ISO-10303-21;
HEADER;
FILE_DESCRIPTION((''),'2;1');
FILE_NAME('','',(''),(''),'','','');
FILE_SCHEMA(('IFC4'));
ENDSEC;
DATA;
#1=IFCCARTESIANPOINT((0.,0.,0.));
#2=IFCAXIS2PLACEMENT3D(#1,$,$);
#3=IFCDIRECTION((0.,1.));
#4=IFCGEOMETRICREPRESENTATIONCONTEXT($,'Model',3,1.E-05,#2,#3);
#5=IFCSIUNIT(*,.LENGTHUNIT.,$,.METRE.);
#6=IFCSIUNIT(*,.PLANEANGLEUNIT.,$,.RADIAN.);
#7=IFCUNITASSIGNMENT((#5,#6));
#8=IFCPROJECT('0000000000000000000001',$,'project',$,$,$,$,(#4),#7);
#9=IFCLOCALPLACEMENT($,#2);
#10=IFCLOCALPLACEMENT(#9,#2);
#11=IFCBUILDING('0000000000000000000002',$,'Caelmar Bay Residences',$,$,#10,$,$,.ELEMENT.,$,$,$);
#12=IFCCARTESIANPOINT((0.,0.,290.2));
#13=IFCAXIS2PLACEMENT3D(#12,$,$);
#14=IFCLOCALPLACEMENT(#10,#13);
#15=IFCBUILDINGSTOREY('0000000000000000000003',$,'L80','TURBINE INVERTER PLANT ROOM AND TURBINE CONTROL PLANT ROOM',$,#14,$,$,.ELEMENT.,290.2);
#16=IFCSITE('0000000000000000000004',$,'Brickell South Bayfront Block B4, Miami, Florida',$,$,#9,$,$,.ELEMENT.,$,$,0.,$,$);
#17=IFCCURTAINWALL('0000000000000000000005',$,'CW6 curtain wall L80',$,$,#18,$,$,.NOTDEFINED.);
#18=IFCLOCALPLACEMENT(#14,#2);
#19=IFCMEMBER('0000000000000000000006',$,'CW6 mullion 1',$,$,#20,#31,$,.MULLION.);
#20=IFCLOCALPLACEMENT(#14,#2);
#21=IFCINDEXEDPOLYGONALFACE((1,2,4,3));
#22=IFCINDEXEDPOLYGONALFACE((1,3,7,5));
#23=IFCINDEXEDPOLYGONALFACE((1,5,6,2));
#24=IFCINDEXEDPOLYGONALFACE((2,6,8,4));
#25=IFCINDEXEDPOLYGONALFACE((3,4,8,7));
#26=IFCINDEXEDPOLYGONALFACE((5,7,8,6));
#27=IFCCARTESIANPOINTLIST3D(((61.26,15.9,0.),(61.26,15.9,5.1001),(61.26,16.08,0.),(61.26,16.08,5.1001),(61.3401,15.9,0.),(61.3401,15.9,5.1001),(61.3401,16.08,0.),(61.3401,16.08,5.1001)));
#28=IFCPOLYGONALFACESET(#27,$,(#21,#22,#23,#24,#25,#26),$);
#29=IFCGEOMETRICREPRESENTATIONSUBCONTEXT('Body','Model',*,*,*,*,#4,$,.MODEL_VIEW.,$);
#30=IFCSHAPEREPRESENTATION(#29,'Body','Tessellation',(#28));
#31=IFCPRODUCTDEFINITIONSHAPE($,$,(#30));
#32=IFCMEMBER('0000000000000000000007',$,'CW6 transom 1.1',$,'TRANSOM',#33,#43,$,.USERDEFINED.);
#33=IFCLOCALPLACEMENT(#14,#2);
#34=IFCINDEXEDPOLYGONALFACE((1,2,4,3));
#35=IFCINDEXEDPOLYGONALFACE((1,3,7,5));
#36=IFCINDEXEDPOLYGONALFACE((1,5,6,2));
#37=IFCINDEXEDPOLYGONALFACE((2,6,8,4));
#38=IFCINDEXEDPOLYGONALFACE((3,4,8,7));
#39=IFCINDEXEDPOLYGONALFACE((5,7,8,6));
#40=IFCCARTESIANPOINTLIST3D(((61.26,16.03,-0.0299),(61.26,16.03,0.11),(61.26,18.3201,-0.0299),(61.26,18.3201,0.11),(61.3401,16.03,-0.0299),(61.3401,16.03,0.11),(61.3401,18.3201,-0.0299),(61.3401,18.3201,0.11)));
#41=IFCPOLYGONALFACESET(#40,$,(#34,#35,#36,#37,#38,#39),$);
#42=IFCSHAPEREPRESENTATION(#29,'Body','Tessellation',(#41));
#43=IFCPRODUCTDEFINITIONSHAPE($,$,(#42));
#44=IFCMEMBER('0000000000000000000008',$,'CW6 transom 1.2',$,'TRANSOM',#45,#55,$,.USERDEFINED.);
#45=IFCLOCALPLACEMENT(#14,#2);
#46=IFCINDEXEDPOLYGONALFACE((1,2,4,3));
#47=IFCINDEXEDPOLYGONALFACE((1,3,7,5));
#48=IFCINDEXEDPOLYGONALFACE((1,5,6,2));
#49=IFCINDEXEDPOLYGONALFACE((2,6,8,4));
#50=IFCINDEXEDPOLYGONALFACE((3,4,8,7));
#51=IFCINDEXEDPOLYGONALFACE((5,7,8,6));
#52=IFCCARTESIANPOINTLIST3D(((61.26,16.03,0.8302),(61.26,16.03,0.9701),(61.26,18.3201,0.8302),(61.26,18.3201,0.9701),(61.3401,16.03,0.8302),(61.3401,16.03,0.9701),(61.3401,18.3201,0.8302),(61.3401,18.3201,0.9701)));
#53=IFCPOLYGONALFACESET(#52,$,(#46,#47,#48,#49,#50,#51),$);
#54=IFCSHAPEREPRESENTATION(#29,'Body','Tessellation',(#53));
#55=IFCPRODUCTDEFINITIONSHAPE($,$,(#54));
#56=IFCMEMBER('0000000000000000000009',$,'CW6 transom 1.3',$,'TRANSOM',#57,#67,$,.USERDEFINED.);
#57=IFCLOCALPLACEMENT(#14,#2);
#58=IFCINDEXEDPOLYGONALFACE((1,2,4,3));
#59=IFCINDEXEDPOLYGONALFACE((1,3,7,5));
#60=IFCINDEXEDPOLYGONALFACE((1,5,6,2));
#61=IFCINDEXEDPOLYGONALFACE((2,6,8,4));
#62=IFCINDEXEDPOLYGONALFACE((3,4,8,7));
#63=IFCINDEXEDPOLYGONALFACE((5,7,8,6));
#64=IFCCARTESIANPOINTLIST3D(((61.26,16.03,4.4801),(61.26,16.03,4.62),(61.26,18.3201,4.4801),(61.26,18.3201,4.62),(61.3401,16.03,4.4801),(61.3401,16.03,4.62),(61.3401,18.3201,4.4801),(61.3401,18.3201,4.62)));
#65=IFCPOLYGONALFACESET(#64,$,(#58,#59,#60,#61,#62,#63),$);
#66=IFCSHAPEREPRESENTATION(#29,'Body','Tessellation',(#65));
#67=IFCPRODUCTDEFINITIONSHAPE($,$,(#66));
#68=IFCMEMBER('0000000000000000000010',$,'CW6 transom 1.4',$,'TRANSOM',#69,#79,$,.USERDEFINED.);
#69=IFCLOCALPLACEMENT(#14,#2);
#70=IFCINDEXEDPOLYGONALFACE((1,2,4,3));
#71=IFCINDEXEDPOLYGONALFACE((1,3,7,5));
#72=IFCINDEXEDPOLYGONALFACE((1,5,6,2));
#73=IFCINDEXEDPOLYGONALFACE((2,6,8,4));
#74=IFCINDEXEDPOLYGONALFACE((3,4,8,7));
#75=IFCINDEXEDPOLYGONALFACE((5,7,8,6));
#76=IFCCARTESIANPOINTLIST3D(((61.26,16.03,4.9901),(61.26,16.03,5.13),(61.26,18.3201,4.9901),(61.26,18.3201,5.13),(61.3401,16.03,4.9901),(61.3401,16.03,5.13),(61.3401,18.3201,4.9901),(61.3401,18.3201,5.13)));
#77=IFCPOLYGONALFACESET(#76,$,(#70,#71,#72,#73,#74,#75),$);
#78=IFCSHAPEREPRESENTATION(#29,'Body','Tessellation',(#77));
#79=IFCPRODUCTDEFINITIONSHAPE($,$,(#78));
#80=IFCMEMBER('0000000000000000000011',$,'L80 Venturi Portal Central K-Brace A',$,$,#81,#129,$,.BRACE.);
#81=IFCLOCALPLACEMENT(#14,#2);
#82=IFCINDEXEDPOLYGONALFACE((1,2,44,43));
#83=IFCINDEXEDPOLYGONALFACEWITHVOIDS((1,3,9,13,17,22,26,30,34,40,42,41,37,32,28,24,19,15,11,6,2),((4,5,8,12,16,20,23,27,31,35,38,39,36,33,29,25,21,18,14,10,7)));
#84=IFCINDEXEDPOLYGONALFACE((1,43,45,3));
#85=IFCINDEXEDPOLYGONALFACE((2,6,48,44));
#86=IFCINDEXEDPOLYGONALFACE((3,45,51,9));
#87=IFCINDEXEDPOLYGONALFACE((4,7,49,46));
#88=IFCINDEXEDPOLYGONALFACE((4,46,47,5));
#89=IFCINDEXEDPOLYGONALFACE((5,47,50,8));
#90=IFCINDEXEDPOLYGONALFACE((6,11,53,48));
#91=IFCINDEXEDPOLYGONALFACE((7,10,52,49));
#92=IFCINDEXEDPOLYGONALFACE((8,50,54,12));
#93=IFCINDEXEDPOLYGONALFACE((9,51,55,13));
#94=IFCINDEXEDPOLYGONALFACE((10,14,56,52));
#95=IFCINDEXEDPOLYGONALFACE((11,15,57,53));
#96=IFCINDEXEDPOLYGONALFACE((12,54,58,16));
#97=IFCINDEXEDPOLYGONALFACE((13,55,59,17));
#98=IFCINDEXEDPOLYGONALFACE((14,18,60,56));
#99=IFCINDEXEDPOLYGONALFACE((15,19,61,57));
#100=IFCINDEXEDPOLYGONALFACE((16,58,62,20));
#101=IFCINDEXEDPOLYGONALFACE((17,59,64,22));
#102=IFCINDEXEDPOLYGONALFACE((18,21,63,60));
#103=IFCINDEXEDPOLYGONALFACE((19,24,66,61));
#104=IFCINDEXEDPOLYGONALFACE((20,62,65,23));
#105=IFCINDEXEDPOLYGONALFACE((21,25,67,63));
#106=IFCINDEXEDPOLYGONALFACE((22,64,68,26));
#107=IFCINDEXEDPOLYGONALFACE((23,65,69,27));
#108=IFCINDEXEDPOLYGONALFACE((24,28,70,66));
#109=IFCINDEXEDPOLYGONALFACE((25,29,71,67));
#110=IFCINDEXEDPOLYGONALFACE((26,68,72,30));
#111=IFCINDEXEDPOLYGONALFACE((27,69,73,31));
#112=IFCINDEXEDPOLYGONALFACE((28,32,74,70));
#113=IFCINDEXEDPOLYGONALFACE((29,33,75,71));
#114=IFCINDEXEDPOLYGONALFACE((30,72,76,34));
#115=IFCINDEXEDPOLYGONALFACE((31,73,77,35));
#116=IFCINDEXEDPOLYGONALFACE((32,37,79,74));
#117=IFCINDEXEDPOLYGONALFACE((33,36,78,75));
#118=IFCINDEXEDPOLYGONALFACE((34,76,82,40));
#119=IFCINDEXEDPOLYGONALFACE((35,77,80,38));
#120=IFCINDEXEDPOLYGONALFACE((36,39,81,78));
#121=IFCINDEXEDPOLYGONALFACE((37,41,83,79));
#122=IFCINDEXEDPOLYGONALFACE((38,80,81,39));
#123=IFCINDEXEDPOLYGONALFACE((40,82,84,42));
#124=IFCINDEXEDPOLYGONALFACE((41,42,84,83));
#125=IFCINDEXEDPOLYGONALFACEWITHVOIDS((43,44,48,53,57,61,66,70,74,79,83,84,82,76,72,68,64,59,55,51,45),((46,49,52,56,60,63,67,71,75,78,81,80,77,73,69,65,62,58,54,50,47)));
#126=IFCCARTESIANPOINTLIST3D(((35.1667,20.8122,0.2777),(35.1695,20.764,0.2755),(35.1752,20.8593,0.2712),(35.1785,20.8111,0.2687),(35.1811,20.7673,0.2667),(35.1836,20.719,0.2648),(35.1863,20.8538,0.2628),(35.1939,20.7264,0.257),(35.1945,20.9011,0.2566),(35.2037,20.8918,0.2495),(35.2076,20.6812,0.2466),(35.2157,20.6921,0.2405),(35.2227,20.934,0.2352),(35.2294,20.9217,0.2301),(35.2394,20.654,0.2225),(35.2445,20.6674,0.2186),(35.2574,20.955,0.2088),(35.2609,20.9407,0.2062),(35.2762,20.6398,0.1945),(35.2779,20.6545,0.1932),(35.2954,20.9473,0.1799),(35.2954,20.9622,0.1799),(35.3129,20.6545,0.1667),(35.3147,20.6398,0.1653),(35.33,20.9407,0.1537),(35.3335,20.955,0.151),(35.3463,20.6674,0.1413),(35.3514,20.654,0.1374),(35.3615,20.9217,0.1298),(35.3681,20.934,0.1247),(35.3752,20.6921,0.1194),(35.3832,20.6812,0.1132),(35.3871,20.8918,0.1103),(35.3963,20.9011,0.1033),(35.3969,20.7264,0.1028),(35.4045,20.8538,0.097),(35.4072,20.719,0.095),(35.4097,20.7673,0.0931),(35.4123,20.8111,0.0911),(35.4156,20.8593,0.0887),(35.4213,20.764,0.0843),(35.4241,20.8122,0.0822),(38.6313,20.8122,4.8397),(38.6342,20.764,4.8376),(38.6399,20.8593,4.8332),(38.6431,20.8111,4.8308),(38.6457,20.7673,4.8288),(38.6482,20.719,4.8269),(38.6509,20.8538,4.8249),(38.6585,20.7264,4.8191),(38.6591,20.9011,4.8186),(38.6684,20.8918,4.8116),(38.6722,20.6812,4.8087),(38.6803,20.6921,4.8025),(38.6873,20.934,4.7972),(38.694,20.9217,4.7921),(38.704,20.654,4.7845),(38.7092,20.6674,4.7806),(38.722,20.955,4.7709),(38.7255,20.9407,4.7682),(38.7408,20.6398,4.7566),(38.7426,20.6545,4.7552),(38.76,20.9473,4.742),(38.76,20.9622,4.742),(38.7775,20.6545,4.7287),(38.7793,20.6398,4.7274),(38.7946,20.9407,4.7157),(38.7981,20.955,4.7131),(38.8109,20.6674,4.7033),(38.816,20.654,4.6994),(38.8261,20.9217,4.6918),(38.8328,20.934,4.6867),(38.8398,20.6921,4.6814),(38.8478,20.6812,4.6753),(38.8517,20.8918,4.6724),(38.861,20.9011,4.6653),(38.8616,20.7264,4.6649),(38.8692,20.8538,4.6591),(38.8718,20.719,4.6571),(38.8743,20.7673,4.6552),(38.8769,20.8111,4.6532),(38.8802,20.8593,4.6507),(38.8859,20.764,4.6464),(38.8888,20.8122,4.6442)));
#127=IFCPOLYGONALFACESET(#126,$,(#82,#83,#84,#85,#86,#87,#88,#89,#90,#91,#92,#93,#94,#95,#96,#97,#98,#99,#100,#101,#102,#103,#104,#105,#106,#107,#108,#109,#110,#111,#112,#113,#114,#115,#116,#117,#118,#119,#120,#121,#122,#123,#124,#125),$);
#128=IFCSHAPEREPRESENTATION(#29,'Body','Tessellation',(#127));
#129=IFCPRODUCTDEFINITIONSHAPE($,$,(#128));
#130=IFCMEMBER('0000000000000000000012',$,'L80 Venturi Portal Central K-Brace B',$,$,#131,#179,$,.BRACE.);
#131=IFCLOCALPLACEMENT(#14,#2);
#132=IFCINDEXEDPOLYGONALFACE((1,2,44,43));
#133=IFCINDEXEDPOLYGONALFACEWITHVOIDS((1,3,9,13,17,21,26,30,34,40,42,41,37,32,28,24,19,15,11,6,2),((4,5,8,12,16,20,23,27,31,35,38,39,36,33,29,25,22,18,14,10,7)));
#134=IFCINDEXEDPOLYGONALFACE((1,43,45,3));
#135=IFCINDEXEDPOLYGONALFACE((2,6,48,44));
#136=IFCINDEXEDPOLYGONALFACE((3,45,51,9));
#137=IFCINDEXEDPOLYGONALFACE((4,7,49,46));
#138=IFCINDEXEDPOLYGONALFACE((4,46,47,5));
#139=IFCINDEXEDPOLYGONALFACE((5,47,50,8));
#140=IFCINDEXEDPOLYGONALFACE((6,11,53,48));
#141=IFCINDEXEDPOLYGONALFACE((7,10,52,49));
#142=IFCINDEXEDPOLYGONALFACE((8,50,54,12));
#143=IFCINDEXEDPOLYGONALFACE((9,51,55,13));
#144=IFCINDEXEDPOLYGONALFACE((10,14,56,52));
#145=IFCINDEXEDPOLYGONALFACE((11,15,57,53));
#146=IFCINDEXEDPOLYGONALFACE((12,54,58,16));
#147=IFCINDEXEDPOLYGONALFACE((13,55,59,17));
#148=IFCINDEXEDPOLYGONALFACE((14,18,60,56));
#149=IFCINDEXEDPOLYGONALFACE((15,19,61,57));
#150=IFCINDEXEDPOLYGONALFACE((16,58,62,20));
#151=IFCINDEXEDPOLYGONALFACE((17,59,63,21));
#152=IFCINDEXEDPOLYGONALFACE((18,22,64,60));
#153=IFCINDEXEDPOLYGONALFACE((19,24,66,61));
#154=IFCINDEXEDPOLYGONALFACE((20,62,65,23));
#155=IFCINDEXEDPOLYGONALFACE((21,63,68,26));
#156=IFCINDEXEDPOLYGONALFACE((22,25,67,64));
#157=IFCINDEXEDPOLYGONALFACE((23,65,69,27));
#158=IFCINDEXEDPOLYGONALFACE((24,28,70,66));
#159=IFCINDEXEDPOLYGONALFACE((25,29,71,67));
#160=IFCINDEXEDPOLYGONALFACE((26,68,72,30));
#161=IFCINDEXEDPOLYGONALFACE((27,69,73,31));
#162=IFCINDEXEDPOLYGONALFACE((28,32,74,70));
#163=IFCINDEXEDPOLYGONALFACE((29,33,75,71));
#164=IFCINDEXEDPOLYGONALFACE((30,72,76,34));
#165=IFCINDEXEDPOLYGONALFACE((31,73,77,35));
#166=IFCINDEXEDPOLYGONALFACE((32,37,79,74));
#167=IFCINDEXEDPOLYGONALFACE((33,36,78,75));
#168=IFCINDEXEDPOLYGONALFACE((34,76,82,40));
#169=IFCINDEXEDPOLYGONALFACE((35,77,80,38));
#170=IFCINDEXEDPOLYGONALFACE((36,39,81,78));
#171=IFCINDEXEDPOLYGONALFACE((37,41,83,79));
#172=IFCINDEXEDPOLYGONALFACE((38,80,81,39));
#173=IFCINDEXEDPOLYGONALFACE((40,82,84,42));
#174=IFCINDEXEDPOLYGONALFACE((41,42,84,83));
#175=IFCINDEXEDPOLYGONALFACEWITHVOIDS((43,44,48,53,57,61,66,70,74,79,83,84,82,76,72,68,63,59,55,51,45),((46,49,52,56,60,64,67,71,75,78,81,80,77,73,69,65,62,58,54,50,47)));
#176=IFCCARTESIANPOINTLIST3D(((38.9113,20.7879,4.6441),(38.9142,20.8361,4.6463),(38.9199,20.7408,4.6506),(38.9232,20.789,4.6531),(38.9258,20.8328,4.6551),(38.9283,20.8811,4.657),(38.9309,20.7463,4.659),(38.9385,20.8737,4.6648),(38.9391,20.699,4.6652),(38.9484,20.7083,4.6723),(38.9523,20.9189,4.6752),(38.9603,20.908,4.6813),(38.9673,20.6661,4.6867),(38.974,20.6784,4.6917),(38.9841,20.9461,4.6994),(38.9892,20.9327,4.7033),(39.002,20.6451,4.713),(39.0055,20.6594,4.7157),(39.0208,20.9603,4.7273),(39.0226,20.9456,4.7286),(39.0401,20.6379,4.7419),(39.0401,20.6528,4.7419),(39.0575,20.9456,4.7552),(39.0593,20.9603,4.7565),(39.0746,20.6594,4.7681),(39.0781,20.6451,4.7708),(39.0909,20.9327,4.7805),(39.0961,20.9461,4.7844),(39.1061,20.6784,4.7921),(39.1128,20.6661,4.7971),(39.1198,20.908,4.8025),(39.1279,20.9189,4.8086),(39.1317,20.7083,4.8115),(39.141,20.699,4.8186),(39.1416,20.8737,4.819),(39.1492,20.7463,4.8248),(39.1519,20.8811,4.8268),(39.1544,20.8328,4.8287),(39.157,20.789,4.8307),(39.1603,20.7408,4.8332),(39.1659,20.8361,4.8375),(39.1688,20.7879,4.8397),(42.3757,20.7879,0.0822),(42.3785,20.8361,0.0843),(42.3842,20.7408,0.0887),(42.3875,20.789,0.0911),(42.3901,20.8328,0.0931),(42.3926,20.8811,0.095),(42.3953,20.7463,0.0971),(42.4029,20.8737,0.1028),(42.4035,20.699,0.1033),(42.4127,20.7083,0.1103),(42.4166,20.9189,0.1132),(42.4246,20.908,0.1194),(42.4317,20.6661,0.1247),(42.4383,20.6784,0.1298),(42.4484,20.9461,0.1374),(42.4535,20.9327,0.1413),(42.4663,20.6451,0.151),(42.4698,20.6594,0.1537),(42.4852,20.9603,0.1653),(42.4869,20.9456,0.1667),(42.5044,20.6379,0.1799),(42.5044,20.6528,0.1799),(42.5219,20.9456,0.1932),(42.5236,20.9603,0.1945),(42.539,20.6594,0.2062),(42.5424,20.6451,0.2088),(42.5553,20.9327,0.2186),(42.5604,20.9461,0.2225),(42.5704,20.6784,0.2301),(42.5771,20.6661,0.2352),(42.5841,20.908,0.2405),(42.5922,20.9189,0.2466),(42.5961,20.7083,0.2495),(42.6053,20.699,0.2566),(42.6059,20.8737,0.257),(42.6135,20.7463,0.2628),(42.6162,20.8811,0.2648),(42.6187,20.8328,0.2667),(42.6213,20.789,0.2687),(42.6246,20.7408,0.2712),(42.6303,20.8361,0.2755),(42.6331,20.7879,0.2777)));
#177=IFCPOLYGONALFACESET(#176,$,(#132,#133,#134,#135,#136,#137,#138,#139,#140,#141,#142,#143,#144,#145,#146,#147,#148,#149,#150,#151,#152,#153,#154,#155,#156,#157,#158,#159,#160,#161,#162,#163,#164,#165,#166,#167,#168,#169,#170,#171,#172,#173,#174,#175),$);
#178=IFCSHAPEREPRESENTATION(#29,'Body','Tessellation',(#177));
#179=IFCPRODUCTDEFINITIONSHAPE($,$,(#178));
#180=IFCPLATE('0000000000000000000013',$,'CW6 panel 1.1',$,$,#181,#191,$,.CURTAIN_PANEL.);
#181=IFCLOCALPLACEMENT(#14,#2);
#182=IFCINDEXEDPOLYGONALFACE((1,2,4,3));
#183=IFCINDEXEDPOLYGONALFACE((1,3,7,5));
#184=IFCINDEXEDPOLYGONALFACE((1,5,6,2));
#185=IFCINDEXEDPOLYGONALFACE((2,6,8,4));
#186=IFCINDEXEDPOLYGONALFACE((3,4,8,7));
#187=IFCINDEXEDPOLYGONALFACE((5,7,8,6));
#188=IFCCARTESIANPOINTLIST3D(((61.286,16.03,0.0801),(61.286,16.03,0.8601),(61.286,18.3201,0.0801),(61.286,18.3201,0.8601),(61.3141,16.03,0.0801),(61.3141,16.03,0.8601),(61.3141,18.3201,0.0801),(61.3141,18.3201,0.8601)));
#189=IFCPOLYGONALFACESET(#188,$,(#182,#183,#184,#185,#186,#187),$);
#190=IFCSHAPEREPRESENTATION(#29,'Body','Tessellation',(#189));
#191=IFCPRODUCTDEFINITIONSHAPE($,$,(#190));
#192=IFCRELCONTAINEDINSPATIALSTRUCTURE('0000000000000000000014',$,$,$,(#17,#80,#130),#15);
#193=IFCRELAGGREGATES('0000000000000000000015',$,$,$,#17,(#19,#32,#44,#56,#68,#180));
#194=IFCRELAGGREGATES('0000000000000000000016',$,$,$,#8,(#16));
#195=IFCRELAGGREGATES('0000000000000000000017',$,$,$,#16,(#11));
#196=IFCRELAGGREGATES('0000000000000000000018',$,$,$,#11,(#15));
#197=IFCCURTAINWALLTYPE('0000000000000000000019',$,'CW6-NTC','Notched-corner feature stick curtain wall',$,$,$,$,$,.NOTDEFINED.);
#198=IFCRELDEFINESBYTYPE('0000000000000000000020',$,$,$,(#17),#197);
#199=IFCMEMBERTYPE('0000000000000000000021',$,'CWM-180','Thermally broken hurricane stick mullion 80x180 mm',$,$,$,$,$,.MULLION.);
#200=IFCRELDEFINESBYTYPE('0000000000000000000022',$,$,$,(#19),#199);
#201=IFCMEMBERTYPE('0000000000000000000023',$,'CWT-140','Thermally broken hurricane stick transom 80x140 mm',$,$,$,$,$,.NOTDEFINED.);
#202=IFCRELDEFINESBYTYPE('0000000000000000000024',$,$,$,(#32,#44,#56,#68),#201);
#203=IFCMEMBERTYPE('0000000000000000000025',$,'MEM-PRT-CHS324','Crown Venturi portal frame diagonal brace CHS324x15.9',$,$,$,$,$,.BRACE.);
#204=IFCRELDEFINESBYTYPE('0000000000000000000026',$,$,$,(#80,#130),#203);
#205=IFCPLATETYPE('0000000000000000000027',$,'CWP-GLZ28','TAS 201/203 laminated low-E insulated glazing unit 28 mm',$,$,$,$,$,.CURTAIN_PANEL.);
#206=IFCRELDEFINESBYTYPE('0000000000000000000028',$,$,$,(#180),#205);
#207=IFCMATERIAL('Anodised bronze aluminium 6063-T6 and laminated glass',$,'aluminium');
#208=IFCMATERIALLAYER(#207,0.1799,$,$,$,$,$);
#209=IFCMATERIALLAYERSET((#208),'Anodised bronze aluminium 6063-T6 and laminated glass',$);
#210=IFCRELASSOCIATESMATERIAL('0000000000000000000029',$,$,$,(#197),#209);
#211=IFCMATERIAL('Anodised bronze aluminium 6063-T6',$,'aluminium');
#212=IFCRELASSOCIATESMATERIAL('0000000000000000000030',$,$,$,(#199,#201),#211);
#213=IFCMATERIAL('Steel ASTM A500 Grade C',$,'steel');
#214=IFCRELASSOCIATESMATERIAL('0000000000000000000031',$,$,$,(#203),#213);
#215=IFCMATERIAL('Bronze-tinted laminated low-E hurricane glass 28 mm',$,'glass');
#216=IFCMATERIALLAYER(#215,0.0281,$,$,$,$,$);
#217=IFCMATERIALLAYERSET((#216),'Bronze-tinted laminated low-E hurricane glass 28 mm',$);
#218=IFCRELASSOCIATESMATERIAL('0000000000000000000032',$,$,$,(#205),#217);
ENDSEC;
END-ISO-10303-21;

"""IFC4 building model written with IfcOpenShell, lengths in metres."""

from ifc_helpers import new_model, si_unit, direction, frame, origin, origin_2d, place, context, subcontext, project, spatial, rectangle, hollow_circle, extrude, material, layer, layer_set, material_profile, profile_set, type_object, element, aggregate, save


model = new_model("IFC4")

# Units and contexts
model_context = context("Model", 3, precision=1e-05, world=origin(), true_north=direction((0.0, 1.0)))
body_context = subcontext(model_context, "Body", "Model", "MODEL_VIEW")
ifc_project = project(units=[si_unit("LENGTHUNIT", "METRE"), si_unit("PLANEANGLEUNIT", "RADIAN")], contexts=[model_context])

# Site, building, storey
site_placement = place(None, origin())
site = spatial("IfcSite", under=ifc_project, at=site_placement, Name="Brickell South Bayfront Block B4, Miami, Florida", CompositionType="ELEMENT", RefElevation=0.0)
building_placement = place(site_placement, origin())
building = spatial("IfcBuilding", under=site, at=building_placement, Name="Caelmar Bay Residences", CompositionType="ELEMENT")
storey_placement = place(building_placement, frame((0.0, 0.0, 290.2)))
storey = spatial("IfcBuildingStorey", under=building, at=storey_placement, Name="L80", Description="TURBINE INVERTER PLANT ROOM AND TURBINE CONTROL PLANT ROOM", CompositionType="ELEMENT", Elevation=290.2)

# Curtain wall, members
ifc_material_1 = material(Name="Anodised bronze aluminium 6063-T6 and laminated glass", Category="aluminium")
ifc_layer_1 = layer(ifc_material_1, 0.1799)
ifc_layer_set_1 = layer_set([ifc_layer_1], Name="Anodised bronze aluminium 6063-T6 and laminated glass")
curtain_wall_type = type_object("IfcCurtainWallType", Name="CW6-NTC", Description="Notched-corner feature stick curtain wall", PredefinedType="NOTDEFINED", material=ifc_layer_set_1)
curtain_wall_placement = place(storey_placement, origin())
curtain_wall = element("IfcCurtainWall", 1, at=curtain_wall_placement, inside=storey, type_object=curtain_wall_type, Name="CW6 curtain wall L80", PredefinedType="NOTDEFINED")
ifc_material_2 = material(Name="Anodised bronze aluminium 6063-T6", Category="aluminium")
ifc_material_profile_1 = material_profile(ifc_material_2, rectangle(XDim=0.0801, YDim=0.1799, at=origin_2d()), Name="CWM-80X180")
ifc_profile_set_1 = profile_set([ifc_material_profile_1], Name="Anodised bronze aluminium 6063-T6")
member_type_1 = type_object("IfcMemberType", Name="CWM-180", Description="Thermally broken hurricane stick mullion 80x180 mm", PredefinedType="MULLION", material=ifc_profile_set_1)
member_1_placement = place(storey_placement, frame((61.3, 15.99, 0.0), z_axis=(0.0, 0.0, 1.0), x_axis=(-1.0, 0.0, 0.0)))
member_1 = element("IfcMember", 2, at=member_1_placement, type_object=member_type_1, Name="CW6 mullion 1", PredefinedType="MULLION", context=body_context, shape_type="SweptSolid", body=[
    extrude(rectangle(XDim=0.0801, YDim=0.1799, at=origin_2d()), origin(), (0.0, 0.0, 1.0), 5.1001),
])
ifc_material_profile_2 = material_profile(ifc_material_2, rectangle(XDim=0.0801, YDim=0.1399, at=origin_2d()), Name="CWT-80X140")
ifc_profile_set_2 = profile_set([ifc_material_profile_2], Name="Anodised bronze aluminium 6063-T6")
member_type_2 = type_object("IfcMemberType", Name="CWT-140", Description="Thermally broken hurricane stick transom 80x140 mm", PredefinedType="NOTDEFINED", material=ifc_profile_set_2)
member_2_placement = place(storey_placement, frame((61.3, 16.03, 0.04), z_axis=(0.0, 1.0, 0.0), x_axis=(-1.0, 0.0, 0.0)))
member_2 = element("IfcMember", 3, at=member_2_placement, type_object=member_type_2, Name="CW6 transom 1.1", ObjectType="TRANSOM", PredefinedType="USERDEFINED", context=body_context, shape_type="SweptSolid", body=[
    extrude(rectangle(XDim=0.0801, YDim=0.1399, at=origin_2d()), origin(), (0.0, 0.0, 1.0), 2.29),
])
member_3_placement = place(storey_placement, frame((61.3, 16.03, 0.9001), z_axis=(0.0, 1.0, 0.0), x_axis=(-1.0, 0.0, 0.0)))
member_3 = element("IfcMember", 4, at=member_3_placement, type_object=member_type_2, Name="CW6 transom 1.2", ObjectType="TRANSOM", PredefinedType="USERDEFINED", context=body_context, shape_type="SweptSolid", body=[
    extrude(rectangle(XDim=0.0801, YDim=0.1399, at=origin_2d()), origin(), (0.0, 0.0, 1.0), 2.29),
])
member_4_placement = place(storey_placement, frame((61.3, 16.03, 4.55), z_axis=(0.0, 1.0, 0.0), x_axis=(-1.0, 0.0, 0.0)))
member_4 = element("IfcMember", 5, at=member_4_placement, type_object=member_type_2, Name="CW6 transom 1.3", ObjectType="TRANSOM", PredefinedType="USERDEFINED", context=body_context, shape_type="SweptSolid", body=[
    extrude(rectangle(XDim=0.0801, YDim=0.1399, at=origin_2d()), origin(), (0.0, 0.0, 1.0), 2.29),
])
member_5_placement = place(storey_placement, frame((61.3, 16.03, 5.0601), z_axis=(0.0, 1.0, 0.0), x_axis=(-1.0, 0.0, 0.0)))
member_5 = element("IfcMember", 6, at=member_5_placement, type_object=member_type_2, Name="CW6 transom 1.4", ObjectType="TRANSOM", PredefinedType="USERDEFINED", context=body_context, shape_type="SweptSolid", body=[
    extrude(rectangle(XDim=0.0801, YDim=0.1399, at=origin_2d()), origin(), (0.0, 0.0, 1.0), 2.29),
])

# Members
ifc_material_3 = material(Name="Steel ASTM A500 Grade C", Category="steel")
ifc_material_profile_3 = material_profile(ifc_material_3, hollow_circle(Radius=0.1621, WallThickness=0.0149, at=origin_2d()), Name="CHS324X15.9")
ifc_profile_set_3 = profile_set([ifc_material_profile_3], Name="Steel ASTM A500 Grade C")
member_type_3 = type_object("IfcMemberType", Name="MEM-PRT-CHS324", Description="Crown Venturi portal frame diagonal brace CHS324x15.9", PredefinedType="BRACE", material=ifc_profile_set_3)
member_6_placement = place(storey_placement, frame((35.2954, 20.8, 0.1799), z_axis=(0.604803, 0.0, 0.796375), x_axis=(0.0, 1.0, 0.0)))
element("IfcMember", 7, at=member_6_placement, inside=storey, type_object=member_type_3, Name="L80 Venturi Portal Central K-Brace A", PredefinedType="BRACE", context=body_context, shape_type="SweptSolid", body=[
    extrude(hollow_circle(Radius=0.1621, WallThickness=0.0149, at=origin_2d()), origin(), (0.0, 0.0, 1.0), 5.7285),
])
member_7_placement = place(storey_placement, frame((42.5044, 20.8, 0.1799), z_axis=(-0.604776, 0.0, 0.796395), x_axis=(0.0, -1.0, 0.0)))
element("IfcMember", 8, at=member_7_placement, inside=storey, type_object=member_type_3, Name="L80 Venturi Portal Central K-Brace B", PredefinedType="BRACE", context=body_context, shape_type="SweptSolid", body=[
    extrude(hollow_circle(Radius=0.1621, WallThickness=0.0149, at=origin_2d()), origin(), (0.0, 0.0, 1.0), 5.7283),
])

# Plate
ifc_material_4 = material(Name="Bronze-tinted laminated low-E hurricane glass 28 mm", Category="glass")
ifc_layer_2 = layer(ifc_material_4, 0.0281)
ifc_layer_set_2 = layer_set([ifc_layer_2], Name="Bronze-tinted laminated low-E hurricane glass 28 mm")
plate_type_1 = type_object("IfcPlateType", Name="CWP-GLZ28", Description="TAS 201/203 laminated low-E insulated glazing unit 28 mm", PredefinedType="CURTAIN_PANEL", material=ifc_layer_set_2)
plate_1_placement = place(storey_placement, frame((61.3, 17.175, 0.0801), z_axis=(0.0, 0.0, 1.0), x_axis=(0.0, 1.0, 0.0)))
plate_1 = element("IfcPlate", 9, at=plate_1_placement, type_object=plate_type_1, Name="CW6 panel 1.1", PredefinedType="CURTAIN_PANEL", context=body_context, shape_type="SweptSolid", body=[
    extrude(rectangle(XDim=2.29, YDim=0.0281, at=origin_2d()), origin(), (0.0, 0.0, 1.0), 0.78),
])
aggregate(curtain_wall, [member_1, member_2, member_3, member_4, member_5, plate_1])

save(model, "model.ifc")
